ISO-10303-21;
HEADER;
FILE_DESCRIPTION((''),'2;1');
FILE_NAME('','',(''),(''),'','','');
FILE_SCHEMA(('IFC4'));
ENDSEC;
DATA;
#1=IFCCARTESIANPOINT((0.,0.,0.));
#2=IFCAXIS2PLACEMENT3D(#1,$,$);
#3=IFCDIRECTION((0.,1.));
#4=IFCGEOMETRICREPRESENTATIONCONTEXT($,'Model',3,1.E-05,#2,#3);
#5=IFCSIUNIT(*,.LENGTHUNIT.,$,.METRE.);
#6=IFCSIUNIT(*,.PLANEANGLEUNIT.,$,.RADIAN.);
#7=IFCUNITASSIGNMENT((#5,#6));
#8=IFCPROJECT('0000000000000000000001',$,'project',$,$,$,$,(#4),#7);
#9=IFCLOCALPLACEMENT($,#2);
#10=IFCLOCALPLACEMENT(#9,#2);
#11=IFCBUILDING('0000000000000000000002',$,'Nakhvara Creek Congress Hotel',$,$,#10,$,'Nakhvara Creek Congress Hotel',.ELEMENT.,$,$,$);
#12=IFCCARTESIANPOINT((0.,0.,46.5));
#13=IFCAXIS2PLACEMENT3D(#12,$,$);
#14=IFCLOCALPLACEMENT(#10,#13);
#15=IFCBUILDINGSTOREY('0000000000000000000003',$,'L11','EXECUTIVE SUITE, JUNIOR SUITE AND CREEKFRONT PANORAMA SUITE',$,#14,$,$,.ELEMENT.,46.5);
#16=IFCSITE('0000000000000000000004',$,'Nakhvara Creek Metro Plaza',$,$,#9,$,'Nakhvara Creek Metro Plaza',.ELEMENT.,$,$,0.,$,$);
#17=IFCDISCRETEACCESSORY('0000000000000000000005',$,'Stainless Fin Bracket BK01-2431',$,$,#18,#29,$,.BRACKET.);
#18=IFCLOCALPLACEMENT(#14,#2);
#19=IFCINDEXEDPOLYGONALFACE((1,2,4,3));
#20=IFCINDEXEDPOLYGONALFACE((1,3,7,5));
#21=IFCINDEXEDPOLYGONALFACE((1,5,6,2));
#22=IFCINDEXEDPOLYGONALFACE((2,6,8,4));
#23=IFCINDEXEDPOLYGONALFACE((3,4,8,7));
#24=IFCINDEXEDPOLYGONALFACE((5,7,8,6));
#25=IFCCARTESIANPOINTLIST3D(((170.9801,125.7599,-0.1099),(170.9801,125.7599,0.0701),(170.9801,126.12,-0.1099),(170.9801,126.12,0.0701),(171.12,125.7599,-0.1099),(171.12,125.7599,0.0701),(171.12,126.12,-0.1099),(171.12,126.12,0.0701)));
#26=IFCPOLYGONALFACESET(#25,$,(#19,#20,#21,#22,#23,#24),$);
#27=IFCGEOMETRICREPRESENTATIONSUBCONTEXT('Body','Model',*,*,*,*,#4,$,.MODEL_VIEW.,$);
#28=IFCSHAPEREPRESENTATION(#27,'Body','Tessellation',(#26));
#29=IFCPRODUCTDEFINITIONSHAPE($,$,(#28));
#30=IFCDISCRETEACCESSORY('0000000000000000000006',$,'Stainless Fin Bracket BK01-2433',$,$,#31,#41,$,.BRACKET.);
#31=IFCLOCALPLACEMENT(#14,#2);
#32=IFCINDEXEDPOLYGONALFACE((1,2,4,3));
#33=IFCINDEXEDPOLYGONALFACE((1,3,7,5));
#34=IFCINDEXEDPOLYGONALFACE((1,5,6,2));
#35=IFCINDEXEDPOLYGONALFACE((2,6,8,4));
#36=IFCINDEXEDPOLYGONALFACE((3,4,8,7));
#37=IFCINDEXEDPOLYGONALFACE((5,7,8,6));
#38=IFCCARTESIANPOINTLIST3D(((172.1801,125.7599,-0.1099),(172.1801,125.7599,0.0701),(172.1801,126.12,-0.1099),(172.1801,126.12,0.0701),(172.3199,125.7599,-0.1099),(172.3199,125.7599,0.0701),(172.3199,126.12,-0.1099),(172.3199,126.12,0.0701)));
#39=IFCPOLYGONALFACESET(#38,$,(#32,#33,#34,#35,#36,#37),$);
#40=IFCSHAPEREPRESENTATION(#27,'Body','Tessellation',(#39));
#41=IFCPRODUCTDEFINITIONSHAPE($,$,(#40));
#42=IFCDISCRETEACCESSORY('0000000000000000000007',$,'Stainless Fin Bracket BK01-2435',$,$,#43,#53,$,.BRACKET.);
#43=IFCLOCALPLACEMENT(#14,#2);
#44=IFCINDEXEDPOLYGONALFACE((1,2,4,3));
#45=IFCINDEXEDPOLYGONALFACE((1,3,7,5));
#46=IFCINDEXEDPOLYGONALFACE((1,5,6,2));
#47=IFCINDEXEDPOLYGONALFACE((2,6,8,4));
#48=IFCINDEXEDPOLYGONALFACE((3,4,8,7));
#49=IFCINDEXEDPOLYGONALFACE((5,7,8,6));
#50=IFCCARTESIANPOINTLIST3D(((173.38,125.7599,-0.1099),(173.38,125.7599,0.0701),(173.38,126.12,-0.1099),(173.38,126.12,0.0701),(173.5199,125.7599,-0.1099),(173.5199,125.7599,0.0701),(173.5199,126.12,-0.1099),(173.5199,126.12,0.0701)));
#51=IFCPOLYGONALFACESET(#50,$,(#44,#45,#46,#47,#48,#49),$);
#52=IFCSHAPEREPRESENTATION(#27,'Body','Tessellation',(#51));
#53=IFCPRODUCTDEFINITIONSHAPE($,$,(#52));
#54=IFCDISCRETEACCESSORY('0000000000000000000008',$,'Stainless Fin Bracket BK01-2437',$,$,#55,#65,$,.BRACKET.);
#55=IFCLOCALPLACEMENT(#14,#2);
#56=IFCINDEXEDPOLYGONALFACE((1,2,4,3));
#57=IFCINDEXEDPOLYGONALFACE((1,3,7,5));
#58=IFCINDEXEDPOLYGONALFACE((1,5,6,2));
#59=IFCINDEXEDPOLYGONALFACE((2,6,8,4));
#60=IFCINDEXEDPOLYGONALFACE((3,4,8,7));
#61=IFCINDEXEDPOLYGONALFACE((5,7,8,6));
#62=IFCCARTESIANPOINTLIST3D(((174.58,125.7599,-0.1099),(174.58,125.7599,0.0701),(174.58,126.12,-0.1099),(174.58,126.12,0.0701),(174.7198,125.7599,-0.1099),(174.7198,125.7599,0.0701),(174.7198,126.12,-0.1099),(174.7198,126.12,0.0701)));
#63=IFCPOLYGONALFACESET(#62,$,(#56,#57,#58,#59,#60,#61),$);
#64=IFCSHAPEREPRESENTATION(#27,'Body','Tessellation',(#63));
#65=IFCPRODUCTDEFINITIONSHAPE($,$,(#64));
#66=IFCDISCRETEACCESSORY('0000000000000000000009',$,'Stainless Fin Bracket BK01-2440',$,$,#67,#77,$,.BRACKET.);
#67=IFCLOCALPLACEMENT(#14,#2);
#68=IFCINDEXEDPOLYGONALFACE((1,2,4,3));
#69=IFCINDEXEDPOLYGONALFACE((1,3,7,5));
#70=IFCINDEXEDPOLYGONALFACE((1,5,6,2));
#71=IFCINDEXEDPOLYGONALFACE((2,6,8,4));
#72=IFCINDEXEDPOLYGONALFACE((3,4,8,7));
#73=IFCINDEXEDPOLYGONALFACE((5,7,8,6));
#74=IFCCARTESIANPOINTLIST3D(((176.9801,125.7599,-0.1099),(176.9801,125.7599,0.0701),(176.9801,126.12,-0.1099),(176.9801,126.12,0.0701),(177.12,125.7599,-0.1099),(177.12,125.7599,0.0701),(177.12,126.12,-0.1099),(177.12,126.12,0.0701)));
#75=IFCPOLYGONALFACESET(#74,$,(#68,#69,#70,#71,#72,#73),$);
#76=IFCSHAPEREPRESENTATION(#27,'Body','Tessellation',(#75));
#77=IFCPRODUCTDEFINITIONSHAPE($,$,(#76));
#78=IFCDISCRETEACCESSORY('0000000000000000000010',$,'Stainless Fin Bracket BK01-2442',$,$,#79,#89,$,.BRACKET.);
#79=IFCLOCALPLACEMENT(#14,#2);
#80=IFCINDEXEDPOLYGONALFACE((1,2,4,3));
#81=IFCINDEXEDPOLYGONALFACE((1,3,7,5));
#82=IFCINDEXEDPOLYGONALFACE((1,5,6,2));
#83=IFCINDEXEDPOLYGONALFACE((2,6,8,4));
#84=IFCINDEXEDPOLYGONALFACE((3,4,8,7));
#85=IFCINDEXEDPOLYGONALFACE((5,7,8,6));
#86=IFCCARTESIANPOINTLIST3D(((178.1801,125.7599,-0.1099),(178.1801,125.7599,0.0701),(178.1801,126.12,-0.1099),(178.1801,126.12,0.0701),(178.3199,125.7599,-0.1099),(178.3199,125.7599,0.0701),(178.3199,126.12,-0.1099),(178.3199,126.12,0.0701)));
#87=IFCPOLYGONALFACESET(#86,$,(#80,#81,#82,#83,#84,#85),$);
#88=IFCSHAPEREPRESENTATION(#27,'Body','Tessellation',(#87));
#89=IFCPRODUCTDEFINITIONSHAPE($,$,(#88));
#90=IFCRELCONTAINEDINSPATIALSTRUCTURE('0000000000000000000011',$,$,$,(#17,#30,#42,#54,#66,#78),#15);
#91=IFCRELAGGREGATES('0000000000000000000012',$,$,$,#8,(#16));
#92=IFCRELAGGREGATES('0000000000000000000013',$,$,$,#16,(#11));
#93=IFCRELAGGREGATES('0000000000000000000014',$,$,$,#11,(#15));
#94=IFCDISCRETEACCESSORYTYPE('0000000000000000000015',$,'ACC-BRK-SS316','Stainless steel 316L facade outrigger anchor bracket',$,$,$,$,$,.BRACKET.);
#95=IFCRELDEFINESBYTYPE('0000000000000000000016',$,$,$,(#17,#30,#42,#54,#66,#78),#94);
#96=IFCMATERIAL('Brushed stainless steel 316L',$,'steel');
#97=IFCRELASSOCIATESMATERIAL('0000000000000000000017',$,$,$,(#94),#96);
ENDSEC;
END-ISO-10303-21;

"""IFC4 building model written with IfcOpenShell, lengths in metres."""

from ifc_helpers import new_model, si_unit, direction, frame, origin, origin_2d, place, context, subcontext, project, spatial, rectangle, extrude, material, type_object, element, save


model = new_model("IFC4")

# Units and contexts
model_context = context("Model", 3, precision=1e-05, world=origin(), true_north=direction((0.0, 1.0)))
body_context = subcontext(model_context, "Body", "Model", "MODEL_VIEW")
ifc_project = project(units=[si_unit("LENGTHUNIT", "METRE"), si_unit("PLANEANGLEUNIT", "RADIAN")], contexts=[model_context])

# Site, building, storey
site_placement = place(None, origin())
site = spatial("IfcSite", under=ifc_project, at=site_placement, Name="Nakhvara Creek Metro Plaza", LongName="Nakhvara Creek Metro Plaza", CompositionType="ELEMENT", RefElevation=0.0)
building_placement = place(site_placement, origin())
building = spatial("IfcBuilding", under=site, at=building_placement, Name="Nakhvara Creek Congress Hotel", LongName="Nakhvara Creek Congress Hotel", CompositionType="ELEMENT")
storey_placement = place(building_placement, frame((0.0, 0.0, 46.5)))
storey = spatial("IfcBuildingStorey", under=building, at=storey_placement, Name="L11", Description="EXECUTIVE SUITE, JUNIOR SUITE AND CREEKFRONT PANORAMA SUITE", CompositionType="ELEMENT", Elevation=46.5)

# Discrete accessories
ifc_material_1 = material(Name="Brushed stainless steel 316L", Category="steel")
discrete_accessory_type = type_object("IfcDiscreteAccessoryType", Name="ACC-BRK-SS316", Description="Stainless steel 316L facade outrigger anchor bracket", PredefinedType="BRACKET", material=ifc_material_1)
for number, where, z_axis, x_axis, name in (
    (1, (171.05, 125.9399, -0.1099), (0.0, 0.0, 1.0), (1.0, 0.0, 0.0), "Stainless Fin Bracket BK01-2431"),
    (2, (172.25, 125.9399, -0.1099), (0.0, 0.0, 1.0), (1.0, 0.0, 0.0), "Stainless Fin Bracket BK01-2433"),
    (3, (173.45, 125.9399, -0.1099), (0.0, 0.0, 1.0), (1.0, 0.0, 0.0), "Stainless Fin Bracket BK01-2435"),
    (4, (174.6499, 125.9399, -0.1099), (0.0, 0.0, 1.0), (1.0, 0.0, 0.0), "Stainless Fin Bracket BK01-2437"),
    (5, (177.05, 125.9399, -0.1099), (0.0, 0.0, 1.0), (1.0, 0.0, 0.0), "Stainless Fin Bracket BK01-2440"),
    (6, (178.25, 125.9399, -0.1099), (0.0, 0.0, 1.0), (1.0, 0.0, 0.0), "Stainless Fin Bracket BK01-2442"),
):
    element("IfcDiscreteAccessory", number, at=place(storey_placement, frame(where, z_axis=z_axis, x_axis=x_axis)), inside=storey, type_object=discrete_accessory_type, Name=name, PredefinedType="BRACKET", context=body_context, shape_type="SweptSolid", body=[
        extrude(rectangle(XDim=0.1399, YDim=0.3601, at=origin_2d()), origin(), (0.0, 0.0, 1.0), 0.1799),
    ])

save(model, "model.ifc")
